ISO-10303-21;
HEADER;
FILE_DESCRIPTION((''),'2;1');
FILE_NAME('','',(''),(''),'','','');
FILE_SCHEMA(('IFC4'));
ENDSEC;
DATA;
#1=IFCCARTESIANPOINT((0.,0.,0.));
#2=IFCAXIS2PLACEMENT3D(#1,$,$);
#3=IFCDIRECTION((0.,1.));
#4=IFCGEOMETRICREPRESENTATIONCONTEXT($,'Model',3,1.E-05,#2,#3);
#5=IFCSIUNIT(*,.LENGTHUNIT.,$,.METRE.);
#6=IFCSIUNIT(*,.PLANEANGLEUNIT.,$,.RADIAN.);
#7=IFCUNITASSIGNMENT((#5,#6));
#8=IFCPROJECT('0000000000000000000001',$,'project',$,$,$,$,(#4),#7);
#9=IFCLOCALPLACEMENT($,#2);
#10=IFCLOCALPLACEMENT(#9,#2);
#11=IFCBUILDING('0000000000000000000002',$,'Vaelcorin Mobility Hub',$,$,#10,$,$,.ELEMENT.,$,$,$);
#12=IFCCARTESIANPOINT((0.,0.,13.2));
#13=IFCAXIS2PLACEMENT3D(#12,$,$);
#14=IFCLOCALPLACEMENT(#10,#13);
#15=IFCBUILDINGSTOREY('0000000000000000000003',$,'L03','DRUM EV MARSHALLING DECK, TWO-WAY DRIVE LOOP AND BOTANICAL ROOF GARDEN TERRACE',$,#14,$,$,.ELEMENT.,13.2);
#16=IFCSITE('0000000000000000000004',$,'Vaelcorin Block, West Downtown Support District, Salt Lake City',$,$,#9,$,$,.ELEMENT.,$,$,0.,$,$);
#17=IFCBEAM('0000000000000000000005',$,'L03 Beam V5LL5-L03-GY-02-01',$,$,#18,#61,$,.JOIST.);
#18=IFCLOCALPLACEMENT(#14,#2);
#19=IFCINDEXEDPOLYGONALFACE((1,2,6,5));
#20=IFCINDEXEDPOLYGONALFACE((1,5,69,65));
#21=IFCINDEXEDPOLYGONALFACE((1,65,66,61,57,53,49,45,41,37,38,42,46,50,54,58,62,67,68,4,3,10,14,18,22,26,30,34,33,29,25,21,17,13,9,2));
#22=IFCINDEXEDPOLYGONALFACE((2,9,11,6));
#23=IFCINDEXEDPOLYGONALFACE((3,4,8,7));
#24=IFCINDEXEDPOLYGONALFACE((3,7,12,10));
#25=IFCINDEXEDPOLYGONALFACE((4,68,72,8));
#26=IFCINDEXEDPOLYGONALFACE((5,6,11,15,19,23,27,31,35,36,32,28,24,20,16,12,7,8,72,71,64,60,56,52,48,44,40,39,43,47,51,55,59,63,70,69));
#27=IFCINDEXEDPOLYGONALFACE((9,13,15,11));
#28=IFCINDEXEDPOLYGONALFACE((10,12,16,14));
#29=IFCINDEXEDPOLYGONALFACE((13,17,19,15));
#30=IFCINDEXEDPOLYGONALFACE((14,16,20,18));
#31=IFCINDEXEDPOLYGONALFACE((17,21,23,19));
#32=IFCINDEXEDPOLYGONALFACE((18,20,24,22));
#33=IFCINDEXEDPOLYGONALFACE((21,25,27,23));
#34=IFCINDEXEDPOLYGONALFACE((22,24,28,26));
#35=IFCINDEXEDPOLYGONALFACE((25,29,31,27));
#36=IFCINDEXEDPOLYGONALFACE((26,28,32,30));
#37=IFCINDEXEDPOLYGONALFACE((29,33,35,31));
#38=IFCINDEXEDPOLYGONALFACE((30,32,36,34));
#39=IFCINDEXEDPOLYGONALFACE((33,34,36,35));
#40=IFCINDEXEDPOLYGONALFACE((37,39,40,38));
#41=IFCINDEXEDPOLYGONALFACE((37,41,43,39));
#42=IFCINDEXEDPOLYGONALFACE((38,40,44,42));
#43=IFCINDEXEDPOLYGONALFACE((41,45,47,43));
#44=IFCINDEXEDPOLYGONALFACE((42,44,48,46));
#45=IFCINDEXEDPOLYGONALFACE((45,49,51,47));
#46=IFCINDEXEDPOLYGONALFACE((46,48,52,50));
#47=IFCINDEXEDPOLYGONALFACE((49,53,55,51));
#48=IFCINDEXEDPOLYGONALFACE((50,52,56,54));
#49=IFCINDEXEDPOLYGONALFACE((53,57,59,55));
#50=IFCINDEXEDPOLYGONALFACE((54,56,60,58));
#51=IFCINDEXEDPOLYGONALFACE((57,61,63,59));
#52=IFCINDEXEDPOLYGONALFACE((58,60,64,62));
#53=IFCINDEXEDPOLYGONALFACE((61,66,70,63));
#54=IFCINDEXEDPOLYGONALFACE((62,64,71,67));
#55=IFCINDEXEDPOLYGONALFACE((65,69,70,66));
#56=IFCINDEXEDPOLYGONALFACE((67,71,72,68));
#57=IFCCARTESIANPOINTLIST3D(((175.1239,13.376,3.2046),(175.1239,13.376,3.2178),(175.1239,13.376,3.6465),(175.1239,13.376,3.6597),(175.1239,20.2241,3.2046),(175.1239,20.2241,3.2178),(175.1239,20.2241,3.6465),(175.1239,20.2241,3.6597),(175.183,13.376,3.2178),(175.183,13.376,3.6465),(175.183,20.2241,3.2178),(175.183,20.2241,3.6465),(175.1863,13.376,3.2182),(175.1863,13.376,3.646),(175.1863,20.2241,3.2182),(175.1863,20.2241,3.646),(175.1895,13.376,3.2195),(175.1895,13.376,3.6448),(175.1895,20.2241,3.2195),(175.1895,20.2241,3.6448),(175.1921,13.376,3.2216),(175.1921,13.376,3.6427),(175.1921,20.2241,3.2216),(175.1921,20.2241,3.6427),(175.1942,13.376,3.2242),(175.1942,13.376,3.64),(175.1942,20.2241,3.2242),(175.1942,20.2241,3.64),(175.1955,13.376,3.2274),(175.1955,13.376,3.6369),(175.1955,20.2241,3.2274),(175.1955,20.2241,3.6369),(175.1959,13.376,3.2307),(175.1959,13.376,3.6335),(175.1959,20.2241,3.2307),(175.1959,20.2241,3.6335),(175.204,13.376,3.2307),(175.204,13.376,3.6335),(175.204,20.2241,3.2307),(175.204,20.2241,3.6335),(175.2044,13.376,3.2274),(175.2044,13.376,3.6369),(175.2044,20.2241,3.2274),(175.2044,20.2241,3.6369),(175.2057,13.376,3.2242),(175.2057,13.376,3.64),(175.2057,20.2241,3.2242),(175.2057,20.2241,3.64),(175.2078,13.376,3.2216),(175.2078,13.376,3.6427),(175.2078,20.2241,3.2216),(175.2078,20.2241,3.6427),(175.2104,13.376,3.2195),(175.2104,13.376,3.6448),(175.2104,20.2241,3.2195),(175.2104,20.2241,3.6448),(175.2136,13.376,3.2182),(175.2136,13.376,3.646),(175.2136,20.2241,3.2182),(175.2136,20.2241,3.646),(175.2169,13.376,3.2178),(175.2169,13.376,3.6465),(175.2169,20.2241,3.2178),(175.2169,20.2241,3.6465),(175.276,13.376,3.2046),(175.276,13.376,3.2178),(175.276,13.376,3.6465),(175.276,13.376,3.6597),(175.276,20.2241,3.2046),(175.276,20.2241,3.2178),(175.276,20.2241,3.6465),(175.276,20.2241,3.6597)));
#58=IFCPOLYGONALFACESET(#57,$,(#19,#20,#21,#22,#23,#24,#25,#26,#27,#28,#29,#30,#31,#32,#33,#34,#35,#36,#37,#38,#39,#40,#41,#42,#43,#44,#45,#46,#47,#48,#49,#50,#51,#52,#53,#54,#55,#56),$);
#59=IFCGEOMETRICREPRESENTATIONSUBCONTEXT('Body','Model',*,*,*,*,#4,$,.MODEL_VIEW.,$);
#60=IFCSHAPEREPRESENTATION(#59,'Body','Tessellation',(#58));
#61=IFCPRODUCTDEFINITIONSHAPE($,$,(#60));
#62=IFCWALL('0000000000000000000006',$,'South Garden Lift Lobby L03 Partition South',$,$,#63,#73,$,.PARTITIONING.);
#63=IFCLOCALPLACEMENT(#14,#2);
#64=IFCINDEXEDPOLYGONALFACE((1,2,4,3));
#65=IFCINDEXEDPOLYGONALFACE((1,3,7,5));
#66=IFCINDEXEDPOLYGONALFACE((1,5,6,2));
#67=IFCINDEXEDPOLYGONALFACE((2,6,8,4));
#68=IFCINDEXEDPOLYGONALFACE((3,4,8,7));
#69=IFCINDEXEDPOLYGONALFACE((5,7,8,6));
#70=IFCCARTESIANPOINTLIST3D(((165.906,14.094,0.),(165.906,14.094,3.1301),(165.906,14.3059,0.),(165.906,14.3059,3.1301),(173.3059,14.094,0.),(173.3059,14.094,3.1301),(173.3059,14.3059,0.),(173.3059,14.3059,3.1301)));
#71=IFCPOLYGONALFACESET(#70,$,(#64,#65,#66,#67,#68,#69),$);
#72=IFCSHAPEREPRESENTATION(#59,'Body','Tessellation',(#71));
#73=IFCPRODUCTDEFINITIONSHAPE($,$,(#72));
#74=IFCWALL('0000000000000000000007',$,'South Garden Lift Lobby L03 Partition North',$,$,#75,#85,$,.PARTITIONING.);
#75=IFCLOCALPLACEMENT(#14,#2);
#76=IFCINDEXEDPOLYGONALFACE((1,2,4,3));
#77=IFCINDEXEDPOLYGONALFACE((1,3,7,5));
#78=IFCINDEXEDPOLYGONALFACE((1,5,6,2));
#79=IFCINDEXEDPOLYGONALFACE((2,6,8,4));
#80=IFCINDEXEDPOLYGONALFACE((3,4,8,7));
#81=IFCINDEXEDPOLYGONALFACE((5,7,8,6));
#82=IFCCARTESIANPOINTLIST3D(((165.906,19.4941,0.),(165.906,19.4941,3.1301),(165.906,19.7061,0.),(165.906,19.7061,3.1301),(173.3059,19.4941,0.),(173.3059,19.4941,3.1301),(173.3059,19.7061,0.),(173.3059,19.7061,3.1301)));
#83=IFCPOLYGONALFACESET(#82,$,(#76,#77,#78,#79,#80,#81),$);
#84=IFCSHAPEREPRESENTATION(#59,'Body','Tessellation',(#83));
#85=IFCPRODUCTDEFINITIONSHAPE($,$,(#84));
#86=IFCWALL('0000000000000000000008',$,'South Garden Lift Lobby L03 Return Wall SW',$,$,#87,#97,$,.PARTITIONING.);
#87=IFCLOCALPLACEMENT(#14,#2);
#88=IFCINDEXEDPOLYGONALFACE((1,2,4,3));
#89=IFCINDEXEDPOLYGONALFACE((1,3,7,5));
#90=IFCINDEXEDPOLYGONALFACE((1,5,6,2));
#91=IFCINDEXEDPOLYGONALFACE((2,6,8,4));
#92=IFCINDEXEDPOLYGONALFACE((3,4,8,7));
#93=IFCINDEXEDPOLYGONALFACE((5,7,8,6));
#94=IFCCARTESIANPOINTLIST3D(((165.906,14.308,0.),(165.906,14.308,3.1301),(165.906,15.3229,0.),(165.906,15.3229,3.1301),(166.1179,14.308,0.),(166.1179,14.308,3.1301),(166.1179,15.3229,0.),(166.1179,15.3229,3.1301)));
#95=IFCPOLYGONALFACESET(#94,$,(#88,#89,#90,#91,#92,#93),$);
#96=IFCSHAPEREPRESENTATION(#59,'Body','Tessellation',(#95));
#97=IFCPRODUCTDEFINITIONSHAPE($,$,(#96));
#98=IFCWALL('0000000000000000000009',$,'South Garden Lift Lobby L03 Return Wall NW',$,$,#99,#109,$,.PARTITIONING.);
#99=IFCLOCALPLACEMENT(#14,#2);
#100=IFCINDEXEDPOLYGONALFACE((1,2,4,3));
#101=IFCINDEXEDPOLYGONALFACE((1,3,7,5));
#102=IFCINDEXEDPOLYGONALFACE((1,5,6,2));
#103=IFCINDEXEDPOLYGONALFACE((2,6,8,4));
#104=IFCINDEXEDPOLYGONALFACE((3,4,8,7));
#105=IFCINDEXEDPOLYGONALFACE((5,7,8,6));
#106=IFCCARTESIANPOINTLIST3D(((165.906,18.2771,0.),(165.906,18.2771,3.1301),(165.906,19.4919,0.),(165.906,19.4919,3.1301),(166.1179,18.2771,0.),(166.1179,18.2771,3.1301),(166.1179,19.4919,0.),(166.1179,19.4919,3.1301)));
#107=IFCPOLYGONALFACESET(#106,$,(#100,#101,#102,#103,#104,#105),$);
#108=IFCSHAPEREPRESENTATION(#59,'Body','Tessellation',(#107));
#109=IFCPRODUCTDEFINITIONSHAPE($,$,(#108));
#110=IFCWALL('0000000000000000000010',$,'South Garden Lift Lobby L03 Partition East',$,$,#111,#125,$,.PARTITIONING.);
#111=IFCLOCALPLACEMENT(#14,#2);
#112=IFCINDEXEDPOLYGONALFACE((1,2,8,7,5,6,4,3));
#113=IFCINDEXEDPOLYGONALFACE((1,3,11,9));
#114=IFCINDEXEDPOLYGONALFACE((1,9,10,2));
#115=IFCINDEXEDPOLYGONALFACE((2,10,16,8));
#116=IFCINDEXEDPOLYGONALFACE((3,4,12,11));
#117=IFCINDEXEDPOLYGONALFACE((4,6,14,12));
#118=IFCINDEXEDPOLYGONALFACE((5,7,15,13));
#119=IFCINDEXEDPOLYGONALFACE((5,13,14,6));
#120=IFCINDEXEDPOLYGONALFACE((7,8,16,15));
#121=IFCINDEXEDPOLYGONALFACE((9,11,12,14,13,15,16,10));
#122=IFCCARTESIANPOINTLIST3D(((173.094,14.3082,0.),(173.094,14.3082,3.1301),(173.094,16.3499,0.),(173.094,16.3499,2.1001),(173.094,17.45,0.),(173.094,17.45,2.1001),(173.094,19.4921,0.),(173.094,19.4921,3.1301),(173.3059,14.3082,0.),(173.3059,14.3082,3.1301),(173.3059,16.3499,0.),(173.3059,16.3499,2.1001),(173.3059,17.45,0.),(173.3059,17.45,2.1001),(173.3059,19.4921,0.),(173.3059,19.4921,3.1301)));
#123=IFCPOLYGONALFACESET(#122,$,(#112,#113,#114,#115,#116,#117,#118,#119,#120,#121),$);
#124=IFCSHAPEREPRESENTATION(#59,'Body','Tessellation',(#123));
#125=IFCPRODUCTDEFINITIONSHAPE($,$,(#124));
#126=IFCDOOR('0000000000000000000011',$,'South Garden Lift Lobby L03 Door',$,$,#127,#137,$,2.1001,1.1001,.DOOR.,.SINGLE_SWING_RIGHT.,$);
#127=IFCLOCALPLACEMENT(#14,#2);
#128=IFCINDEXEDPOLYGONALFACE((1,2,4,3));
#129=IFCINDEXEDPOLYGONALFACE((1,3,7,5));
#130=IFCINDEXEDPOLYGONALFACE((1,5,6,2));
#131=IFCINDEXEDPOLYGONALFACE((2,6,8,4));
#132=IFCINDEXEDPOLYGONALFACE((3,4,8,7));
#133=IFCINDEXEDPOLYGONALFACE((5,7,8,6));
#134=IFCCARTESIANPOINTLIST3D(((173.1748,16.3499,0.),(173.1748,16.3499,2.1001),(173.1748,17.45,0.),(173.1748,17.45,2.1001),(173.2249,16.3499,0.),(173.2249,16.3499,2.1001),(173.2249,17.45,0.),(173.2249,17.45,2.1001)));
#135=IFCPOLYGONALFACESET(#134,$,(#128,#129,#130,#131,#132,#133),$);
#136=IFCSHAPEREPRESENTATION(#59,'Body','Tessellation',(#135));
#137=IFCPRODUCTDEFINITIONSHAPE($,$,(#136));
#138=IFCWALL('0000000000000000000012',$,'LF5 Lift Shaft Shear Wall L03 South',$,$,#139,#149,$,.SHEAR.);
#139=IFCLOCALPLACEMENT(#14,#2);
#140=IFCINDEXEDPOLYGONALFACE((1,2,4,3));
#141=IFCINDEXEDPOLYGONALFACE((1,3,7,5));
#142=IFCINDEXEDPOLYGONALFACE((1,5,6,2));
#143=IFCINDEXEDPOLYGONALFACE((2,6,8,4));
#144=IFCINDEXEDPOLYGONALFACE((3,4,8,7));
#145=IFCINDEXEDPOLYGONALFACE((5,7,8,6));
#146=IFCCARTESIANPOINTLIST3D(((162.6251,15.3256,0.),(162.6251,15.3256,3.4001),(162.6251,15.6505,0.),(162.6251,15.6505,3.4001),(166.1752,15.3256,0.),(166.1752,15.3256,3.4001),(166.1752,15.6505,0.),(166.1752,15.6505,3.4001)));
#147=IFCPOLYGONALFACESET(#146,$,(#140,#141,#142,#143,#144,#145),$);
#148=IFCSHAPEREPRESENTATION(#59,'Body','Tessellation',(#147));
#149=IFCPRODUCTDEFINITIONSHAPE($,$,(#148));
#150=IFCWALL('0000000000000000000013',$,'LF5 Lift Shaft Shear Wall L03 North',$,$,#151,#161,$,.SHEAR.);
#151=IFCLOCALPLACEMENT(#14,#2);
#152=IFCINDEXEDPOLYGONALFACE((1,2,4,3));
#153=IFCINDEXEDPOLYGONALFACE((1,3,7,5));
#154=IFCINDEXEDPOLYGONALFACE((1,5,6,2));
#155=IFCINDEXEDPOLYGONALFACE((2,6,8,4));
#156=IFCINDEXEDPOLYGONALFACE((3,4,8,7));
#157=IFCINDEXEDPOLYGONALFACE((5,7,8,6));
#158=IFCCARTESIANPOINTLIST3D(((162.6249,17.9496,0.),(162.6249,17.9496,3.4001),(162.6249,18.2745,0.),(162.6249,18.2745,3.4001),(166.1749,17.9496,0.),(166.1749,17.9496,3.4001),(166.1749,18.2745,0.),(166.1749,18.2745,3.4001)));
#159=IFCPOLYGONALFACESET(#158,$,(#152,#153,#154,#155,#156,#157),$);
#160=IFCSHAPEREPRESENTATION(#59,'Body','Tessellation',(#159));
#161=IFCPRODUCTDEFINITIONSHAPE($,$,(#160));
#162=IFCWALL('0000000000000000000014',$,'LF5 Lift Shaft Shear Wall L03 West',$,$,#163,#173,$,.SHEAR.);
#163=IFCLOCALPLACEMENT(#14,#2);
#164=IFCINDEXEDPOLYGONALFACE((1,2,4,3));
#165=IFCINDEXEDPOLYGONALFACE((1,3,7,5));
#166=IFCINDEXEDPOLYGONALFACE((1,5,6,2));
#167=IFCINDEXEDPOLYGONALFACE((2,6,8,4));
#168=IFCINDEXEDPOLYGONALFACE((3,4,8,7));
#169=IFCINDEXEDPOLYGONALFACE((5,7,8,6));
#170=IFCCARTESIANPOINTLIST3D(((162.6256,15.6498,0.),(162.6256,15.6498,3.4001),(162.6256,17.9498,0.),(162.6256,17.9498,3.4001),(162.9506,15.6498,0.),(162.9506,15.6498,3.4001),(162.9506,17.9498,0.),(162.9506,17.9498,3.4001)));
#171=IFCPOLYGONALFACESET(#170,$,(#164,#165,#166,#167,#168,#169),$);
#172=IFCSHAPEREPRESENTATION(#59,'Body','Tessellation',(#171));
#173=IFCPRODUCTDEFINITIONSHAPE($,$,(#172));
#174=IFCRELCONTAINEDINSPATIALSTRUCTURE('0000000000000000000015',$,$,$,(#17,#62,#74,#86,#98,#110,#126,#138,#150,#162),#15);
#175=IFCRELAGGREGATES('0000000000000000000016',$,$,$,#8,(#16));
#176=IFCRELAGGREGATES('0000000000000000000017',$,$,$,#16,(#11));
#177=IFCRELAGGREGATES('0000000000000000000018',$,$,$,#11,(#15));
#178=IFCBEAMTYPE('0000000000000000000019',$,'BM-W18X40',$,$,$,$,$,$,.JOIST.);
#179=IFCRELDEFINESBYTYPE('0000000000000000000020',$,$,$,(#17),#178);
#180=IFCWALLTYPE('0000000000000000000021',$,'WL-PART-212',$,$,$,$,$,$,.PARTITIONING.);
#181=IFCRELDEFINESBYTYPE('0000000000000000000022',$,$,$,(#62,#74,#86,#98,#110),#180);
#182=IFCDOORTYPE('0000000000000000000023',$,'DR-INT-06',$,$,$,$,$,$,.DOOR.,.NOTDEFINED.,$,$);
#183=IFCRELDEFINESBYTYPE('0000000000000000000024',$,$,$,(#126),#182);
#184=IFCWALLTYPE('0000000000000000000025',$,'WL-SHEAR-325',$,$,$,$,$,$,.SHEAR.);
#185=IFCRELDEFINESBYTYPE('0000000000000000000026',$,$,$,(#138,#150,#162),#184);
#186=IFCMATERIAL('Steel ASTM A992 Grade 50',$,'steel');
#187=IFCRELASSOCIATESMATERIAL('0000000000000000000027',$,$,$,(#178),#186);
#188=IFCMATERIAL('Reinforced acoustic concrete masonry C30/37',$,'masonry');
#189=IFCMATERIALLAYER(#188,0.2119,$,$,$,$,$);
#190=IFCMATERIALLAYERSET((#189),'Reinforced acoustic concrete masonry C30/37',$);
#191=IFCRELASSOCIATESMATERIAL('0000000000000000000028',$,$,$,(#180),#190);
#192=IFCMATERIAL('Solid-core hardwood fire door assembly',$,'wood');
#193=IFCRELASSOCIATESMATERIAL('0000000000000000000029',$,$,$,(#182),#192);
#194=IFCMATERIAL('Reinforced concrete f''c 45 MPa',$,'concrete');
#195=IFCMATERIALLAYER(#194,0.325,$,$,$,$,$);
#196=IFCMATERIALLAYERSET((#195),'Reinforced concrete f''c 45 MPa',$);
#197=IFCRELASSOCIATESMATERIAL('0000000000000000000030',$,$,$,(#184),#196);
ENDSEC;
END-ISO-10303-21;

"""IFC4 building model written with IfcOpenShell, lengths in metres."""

from ifc_helpers import new_model, si_unit, direction, frame, frame_2d, origin, origin_2d, place, context, subcontext, project, spatial, rectangle, i_section, extrude, material, layer, layer_set, material_profile, profile_set, type_object, element, fill, save


model = new_model("IFC4")

# Units and contexts
model_context = context("Model", 3, precision=1e-05, world=origin(), true_north=direction((0.0, 1.0)))
body_context = subcontext(model_context, "Body", "Model", "MODEL_VIEW")
ifc_project = project(units=[si_unit("LENGTHUNIT", "METRE"), si_unit("PLANEANGLEUNIT", "RADIAN")], contexts=[model_context])

# Site, building, storey
site_placement = place(None, origin())
site = spatial("IfcSite", under=ifc_project, at=site_placement, Name="Vaelcorin Block, West Downtown Support District, Salt Lake City", CompositionType="ELEMENT", RefElevation=0.0)
building_placement = place(site_placement, origin())
building = spatial("IfcBuilding", under=site, at=building_placement, Name="Vaelcorin Mobility Hub", CompositionType="ELEMENT")
storey_placement = place(building_placement, frame((0.0, 0.0, 13.2)))
storey = spatial("IfcBuildingStorey", under=building, at=storey_placement, Name="L03", Description="DRUM EV MARSHALLING DECK, TWO-WAY DRIVE LOOP AND BOTANICAL ROOF GARDEN TERRACE", CompositionType="ELEMENT", Elevation=13.2)

# Shared definitions
ifc_material_1 = material(Name="Steel ASTM A992 Grade 50", Category="steel")

# Beam
ifc_material_profile_1 = material_profile(ifc_material_1, i_section(OverallWidth=0.1521, OverallDepth=0.4551, WebThickness=0.0081, FlangeThickness=0.0132, FilletRadius=0.0129, at=origin_2d()), Name="W18X40")
ifc_profile_set_1 = profile_set([ifc_material_profile_1], Name="Steel ASTM A992 Grade 50")
beam_type_1 = type_object("IfcBeamType", Name="BM-W18X40", PredefinedType="JOIST", material=ifc_profile_set_1)
for number, where, z_axis, x_axis, name in (
    (1, (175.2, 13.376, 3.4321), (0.0, 1.0, 0.0), (-1.0, 0.0, 0.0), "L03 Beam V5LL5-L03-GY-02-01"),
):
    element("IfcBeam", number, at=place(storey_placement, frame(where, z_axis=z_axis, x_axis=x_axis)), inside=storey, type_object=beam_type_1, Name=name, PredefinedType="JOIST", context=body_context, shape_type="SweptSolid", body=[
        extrude(i_section(OverallWidth=0.1521, OverallDepth=0.4551, WebThickness=0.0081, FlangeThickness=0.0132, FilletRadius=0.0129, at=origin_2d()), origin(), (0.0, 0.0, 1.0), 6.8481),
    ])

# Walls
ifc_material_2 = material(Name="Reinforced acoustic concrete masonry C30/37", Category="masonry")
ifc_layer_1 = layer(ifc_material_2, 0.2119)
ifc_layer_set_1 = layer_set([ifc_layer_1], Name="Reinforced acoustic concrete masonry C30/37")
wall_type_1 = type_object("IfcWallType", Name="WL-PART-212", PredefinedType="PARTITIONING", material=ifc_layer_set_1)
for number, where, z_axis, x_axis, name in (
    (2, (173.3059, 14.2, 0.0), (0.0, 0.0, 1.0), (-1.0, 0.0, 0.0), "South Garden Lift Lobby L03 Partition South"),
    (3, (165.906, 19.6001, 0.0), (0.0, 0.0, 1.0), (1.0, 0.0, 0.0), "South Garden Lift Lobby L03 Partition North"),
):
    element("IfcWall", number, at=place(storey_placement, frame(where, z_axis=z_axis, x_axis=x_axis)), inside=storey, type_object=wall_type_1, Name=name, PredefinedType="PARTITIONING", context=body_context, shape_type="SweptSolid", body=[
        extrude(rectangle(XDim=7.3999, YDim=0.2119, at=frame_2d((3.7, 0.0))), origin(), (0.0, 0.0, 1.0), 3.1301),
    ])
wall_1_placement = place(storey_placement, frame((166.012, 14.3081, 0.0), z_axis=(0.0, 0.0, 1.0), x_axis=(0.0, 1.0, 0.0)))
element("IfcWall", 4, at=wall_1_placement, inside=storey, type_object=wall_type_1, Name="South Garden Lift Lobby L03 Return Wall SW", PredefinedType="PARTITIONING", context=body_context, shape_type="SweptSolid", body=[
    extrude(rectangle(XDim=1.0149, YDim=0.2119, at=frame_2d((0.5073, 0.0))), origin(), (0.0, 0.0, 1.0), 3.1301),
])
wall_2_placement = place(storey_placement, frame((166.012, 18.2771, 0.0), z_axis=(0.0, 0.0, 1.0), x_axis=(0.0, 1.0, 0.0)))
element("IfcWall", 5, at=wall_2_placement, inside=storey, type_object=wall_type_1, Name="South Garden Lift Lobby L03 Return Wall NW", PredefinedType="PARTITIONING", context=body_context, shape_type="SweptSolid", body=[
    extrude(rectangle(XDim=1.2148, YDim=0.2119, at=frame_2d((0.6074, 0.0))), origin(), (0.0, 0.0, 1.0), 3.1301),
])

# Wall, opening, door
wall_3_placement = place(storey_placement, frame((173.2, 19.4919, 0.0), z_axis=(0.0, 0.0, 1.0), x_axis=(0.0, -1.0, 0.0)))
wall_3 = element("IfcWall", 6, at=wall_3_placement, inside=storey, type_object=wall_type_1, Name="South Garden Lift Lobby L03 Partition East", PredefinedType="PARTITIONING", context=body_context, shape_type="SweptSolid", body=[
    extrude(rectangle(XDim=5.1838, YDim=0.2119, at=frame_2d((2.5918, 0.0))), origin(), (0.0, 0.0, 1.0), 3.1301),
])
opening_1_placement = place(wall_3_placement, frame((2.042, 0.0, 0.0)))
opening_1 = element("IfcOpeningElement", 7, at=opening_1_placement, cuts=wall_3, PredefinedType="OPENING", context=body_context, shape_type="SweptSolid", body=[
    extrude(rectangle(XDim=1.1001, YDim=2.1001, at=frame_2d((0.55, 1.05))), frame((0.0, 0.116, 0.0), z_axis=(0.0, -1.0, 0.0), x_axis=(1.0, 0.0, 0.0)), (0.0, 0.0, 1.0), 0.2319),
])
ifc_material_3 = material(Name="Solid-core hardwood fire door assembly", Category="wood")
door_type_1 = type_object("IfcDoorType", Name="DR-INT-06", OperationType="NOTDEFINED", PredefinedType="DOOR", material=ifc_material_3)
door_1_placement = place(opening_1_placement, origin())
door_1 = element("IfcDoor", 8, at=door_1_placement, inside=storey, type_object=door_type_1, Name="South Garden Lift Lobby L03 Door", OperationType="SINGLE_SWING_RIGHT", OverallHeight=2.1001, OverallWidth=1.1001, PredefinedType="DOOR", context=body_context, shape_type="SweptSolid", body=[
    extrude(rectangle(XDim=1.1001, YDim=2.1001, at=frame_2d((0.55, 1.05))), frame((0.0, 0.0249, 0.0), z_axis=(0.0, -1.0, 0.0), x_axis=(1.0, 0.0, 0.0)), (0.0, 0.0, 1.0), 0.05),
])
fill(opening_1, door_1)

# Walls
ifc_material_4 = material(Name="Reinforced concrete f'c 45 MPa", Category="concrete")
ifc_layer_2 = layer(ifc_material_4, 0.325)
ifc_layer_set_2 = layer_set([ifc_layer_2], Name="Reinforced concrete f'c 45 MPa")
wall_type_2 = type_object("IfcWallType", Name="WL-SHEAR-325", PredefinedType="SHEAR", material=ifc_layer_set_2)
for number, where, z_axis, x_axis, name in (
    (9, (166.175, 15.488, 0.0), (0.0, 0.0, 1.0), (-1.0, 0.0, 0.0), "LF5 Lift Shaft Shear Wall L03 South"),
    (10, (162.625, 18.1121, 0.0), (0.0, 0.0, 1.0), (1.0, 0.0, 0.0), "LF5 Lift Shaft Shear Wall L03 North"),
):
    element("IfcWall", number, at=place(storey_placement, frame(where, z_axis=z_axis, x_axis=x_axis)), inside=storey, type_object=wall_type_2, Name=name, PredefinedType="SHEAR", context=body_context, shape_type="SweptSolid", body=[
        extrude(rectangle(XDim=3.55, YDim=0.325, at=frame_2d((1.7749, 0.0))), origin(), (0.0, 0.0, 1.0), 3.4001),
    ])
wall_4_placement = place(storey_placement, frame((162.7881, 15.6499, 0.0), z_axis=(0.0, 0.0, 1.0), x_axis=(0.0, 1.0, 0.0)))
element("IfcWall", 11, at=wall_4_placement, inside=storey, type_object=wall_type_2, Name="LF5 Lift Shaft Shear Wall L03 West", PredefinedType="SHEAR", context=body_context, shape_type="SweptSolid", body=[
    extrude(rectangle(XDim=2.3, YDim=0.325, at=frame_2d((1.1499, 0.0))), origin(), (0.0, 0.0, 1.0), 3.4001),
])

save(model, "model.ifc")
